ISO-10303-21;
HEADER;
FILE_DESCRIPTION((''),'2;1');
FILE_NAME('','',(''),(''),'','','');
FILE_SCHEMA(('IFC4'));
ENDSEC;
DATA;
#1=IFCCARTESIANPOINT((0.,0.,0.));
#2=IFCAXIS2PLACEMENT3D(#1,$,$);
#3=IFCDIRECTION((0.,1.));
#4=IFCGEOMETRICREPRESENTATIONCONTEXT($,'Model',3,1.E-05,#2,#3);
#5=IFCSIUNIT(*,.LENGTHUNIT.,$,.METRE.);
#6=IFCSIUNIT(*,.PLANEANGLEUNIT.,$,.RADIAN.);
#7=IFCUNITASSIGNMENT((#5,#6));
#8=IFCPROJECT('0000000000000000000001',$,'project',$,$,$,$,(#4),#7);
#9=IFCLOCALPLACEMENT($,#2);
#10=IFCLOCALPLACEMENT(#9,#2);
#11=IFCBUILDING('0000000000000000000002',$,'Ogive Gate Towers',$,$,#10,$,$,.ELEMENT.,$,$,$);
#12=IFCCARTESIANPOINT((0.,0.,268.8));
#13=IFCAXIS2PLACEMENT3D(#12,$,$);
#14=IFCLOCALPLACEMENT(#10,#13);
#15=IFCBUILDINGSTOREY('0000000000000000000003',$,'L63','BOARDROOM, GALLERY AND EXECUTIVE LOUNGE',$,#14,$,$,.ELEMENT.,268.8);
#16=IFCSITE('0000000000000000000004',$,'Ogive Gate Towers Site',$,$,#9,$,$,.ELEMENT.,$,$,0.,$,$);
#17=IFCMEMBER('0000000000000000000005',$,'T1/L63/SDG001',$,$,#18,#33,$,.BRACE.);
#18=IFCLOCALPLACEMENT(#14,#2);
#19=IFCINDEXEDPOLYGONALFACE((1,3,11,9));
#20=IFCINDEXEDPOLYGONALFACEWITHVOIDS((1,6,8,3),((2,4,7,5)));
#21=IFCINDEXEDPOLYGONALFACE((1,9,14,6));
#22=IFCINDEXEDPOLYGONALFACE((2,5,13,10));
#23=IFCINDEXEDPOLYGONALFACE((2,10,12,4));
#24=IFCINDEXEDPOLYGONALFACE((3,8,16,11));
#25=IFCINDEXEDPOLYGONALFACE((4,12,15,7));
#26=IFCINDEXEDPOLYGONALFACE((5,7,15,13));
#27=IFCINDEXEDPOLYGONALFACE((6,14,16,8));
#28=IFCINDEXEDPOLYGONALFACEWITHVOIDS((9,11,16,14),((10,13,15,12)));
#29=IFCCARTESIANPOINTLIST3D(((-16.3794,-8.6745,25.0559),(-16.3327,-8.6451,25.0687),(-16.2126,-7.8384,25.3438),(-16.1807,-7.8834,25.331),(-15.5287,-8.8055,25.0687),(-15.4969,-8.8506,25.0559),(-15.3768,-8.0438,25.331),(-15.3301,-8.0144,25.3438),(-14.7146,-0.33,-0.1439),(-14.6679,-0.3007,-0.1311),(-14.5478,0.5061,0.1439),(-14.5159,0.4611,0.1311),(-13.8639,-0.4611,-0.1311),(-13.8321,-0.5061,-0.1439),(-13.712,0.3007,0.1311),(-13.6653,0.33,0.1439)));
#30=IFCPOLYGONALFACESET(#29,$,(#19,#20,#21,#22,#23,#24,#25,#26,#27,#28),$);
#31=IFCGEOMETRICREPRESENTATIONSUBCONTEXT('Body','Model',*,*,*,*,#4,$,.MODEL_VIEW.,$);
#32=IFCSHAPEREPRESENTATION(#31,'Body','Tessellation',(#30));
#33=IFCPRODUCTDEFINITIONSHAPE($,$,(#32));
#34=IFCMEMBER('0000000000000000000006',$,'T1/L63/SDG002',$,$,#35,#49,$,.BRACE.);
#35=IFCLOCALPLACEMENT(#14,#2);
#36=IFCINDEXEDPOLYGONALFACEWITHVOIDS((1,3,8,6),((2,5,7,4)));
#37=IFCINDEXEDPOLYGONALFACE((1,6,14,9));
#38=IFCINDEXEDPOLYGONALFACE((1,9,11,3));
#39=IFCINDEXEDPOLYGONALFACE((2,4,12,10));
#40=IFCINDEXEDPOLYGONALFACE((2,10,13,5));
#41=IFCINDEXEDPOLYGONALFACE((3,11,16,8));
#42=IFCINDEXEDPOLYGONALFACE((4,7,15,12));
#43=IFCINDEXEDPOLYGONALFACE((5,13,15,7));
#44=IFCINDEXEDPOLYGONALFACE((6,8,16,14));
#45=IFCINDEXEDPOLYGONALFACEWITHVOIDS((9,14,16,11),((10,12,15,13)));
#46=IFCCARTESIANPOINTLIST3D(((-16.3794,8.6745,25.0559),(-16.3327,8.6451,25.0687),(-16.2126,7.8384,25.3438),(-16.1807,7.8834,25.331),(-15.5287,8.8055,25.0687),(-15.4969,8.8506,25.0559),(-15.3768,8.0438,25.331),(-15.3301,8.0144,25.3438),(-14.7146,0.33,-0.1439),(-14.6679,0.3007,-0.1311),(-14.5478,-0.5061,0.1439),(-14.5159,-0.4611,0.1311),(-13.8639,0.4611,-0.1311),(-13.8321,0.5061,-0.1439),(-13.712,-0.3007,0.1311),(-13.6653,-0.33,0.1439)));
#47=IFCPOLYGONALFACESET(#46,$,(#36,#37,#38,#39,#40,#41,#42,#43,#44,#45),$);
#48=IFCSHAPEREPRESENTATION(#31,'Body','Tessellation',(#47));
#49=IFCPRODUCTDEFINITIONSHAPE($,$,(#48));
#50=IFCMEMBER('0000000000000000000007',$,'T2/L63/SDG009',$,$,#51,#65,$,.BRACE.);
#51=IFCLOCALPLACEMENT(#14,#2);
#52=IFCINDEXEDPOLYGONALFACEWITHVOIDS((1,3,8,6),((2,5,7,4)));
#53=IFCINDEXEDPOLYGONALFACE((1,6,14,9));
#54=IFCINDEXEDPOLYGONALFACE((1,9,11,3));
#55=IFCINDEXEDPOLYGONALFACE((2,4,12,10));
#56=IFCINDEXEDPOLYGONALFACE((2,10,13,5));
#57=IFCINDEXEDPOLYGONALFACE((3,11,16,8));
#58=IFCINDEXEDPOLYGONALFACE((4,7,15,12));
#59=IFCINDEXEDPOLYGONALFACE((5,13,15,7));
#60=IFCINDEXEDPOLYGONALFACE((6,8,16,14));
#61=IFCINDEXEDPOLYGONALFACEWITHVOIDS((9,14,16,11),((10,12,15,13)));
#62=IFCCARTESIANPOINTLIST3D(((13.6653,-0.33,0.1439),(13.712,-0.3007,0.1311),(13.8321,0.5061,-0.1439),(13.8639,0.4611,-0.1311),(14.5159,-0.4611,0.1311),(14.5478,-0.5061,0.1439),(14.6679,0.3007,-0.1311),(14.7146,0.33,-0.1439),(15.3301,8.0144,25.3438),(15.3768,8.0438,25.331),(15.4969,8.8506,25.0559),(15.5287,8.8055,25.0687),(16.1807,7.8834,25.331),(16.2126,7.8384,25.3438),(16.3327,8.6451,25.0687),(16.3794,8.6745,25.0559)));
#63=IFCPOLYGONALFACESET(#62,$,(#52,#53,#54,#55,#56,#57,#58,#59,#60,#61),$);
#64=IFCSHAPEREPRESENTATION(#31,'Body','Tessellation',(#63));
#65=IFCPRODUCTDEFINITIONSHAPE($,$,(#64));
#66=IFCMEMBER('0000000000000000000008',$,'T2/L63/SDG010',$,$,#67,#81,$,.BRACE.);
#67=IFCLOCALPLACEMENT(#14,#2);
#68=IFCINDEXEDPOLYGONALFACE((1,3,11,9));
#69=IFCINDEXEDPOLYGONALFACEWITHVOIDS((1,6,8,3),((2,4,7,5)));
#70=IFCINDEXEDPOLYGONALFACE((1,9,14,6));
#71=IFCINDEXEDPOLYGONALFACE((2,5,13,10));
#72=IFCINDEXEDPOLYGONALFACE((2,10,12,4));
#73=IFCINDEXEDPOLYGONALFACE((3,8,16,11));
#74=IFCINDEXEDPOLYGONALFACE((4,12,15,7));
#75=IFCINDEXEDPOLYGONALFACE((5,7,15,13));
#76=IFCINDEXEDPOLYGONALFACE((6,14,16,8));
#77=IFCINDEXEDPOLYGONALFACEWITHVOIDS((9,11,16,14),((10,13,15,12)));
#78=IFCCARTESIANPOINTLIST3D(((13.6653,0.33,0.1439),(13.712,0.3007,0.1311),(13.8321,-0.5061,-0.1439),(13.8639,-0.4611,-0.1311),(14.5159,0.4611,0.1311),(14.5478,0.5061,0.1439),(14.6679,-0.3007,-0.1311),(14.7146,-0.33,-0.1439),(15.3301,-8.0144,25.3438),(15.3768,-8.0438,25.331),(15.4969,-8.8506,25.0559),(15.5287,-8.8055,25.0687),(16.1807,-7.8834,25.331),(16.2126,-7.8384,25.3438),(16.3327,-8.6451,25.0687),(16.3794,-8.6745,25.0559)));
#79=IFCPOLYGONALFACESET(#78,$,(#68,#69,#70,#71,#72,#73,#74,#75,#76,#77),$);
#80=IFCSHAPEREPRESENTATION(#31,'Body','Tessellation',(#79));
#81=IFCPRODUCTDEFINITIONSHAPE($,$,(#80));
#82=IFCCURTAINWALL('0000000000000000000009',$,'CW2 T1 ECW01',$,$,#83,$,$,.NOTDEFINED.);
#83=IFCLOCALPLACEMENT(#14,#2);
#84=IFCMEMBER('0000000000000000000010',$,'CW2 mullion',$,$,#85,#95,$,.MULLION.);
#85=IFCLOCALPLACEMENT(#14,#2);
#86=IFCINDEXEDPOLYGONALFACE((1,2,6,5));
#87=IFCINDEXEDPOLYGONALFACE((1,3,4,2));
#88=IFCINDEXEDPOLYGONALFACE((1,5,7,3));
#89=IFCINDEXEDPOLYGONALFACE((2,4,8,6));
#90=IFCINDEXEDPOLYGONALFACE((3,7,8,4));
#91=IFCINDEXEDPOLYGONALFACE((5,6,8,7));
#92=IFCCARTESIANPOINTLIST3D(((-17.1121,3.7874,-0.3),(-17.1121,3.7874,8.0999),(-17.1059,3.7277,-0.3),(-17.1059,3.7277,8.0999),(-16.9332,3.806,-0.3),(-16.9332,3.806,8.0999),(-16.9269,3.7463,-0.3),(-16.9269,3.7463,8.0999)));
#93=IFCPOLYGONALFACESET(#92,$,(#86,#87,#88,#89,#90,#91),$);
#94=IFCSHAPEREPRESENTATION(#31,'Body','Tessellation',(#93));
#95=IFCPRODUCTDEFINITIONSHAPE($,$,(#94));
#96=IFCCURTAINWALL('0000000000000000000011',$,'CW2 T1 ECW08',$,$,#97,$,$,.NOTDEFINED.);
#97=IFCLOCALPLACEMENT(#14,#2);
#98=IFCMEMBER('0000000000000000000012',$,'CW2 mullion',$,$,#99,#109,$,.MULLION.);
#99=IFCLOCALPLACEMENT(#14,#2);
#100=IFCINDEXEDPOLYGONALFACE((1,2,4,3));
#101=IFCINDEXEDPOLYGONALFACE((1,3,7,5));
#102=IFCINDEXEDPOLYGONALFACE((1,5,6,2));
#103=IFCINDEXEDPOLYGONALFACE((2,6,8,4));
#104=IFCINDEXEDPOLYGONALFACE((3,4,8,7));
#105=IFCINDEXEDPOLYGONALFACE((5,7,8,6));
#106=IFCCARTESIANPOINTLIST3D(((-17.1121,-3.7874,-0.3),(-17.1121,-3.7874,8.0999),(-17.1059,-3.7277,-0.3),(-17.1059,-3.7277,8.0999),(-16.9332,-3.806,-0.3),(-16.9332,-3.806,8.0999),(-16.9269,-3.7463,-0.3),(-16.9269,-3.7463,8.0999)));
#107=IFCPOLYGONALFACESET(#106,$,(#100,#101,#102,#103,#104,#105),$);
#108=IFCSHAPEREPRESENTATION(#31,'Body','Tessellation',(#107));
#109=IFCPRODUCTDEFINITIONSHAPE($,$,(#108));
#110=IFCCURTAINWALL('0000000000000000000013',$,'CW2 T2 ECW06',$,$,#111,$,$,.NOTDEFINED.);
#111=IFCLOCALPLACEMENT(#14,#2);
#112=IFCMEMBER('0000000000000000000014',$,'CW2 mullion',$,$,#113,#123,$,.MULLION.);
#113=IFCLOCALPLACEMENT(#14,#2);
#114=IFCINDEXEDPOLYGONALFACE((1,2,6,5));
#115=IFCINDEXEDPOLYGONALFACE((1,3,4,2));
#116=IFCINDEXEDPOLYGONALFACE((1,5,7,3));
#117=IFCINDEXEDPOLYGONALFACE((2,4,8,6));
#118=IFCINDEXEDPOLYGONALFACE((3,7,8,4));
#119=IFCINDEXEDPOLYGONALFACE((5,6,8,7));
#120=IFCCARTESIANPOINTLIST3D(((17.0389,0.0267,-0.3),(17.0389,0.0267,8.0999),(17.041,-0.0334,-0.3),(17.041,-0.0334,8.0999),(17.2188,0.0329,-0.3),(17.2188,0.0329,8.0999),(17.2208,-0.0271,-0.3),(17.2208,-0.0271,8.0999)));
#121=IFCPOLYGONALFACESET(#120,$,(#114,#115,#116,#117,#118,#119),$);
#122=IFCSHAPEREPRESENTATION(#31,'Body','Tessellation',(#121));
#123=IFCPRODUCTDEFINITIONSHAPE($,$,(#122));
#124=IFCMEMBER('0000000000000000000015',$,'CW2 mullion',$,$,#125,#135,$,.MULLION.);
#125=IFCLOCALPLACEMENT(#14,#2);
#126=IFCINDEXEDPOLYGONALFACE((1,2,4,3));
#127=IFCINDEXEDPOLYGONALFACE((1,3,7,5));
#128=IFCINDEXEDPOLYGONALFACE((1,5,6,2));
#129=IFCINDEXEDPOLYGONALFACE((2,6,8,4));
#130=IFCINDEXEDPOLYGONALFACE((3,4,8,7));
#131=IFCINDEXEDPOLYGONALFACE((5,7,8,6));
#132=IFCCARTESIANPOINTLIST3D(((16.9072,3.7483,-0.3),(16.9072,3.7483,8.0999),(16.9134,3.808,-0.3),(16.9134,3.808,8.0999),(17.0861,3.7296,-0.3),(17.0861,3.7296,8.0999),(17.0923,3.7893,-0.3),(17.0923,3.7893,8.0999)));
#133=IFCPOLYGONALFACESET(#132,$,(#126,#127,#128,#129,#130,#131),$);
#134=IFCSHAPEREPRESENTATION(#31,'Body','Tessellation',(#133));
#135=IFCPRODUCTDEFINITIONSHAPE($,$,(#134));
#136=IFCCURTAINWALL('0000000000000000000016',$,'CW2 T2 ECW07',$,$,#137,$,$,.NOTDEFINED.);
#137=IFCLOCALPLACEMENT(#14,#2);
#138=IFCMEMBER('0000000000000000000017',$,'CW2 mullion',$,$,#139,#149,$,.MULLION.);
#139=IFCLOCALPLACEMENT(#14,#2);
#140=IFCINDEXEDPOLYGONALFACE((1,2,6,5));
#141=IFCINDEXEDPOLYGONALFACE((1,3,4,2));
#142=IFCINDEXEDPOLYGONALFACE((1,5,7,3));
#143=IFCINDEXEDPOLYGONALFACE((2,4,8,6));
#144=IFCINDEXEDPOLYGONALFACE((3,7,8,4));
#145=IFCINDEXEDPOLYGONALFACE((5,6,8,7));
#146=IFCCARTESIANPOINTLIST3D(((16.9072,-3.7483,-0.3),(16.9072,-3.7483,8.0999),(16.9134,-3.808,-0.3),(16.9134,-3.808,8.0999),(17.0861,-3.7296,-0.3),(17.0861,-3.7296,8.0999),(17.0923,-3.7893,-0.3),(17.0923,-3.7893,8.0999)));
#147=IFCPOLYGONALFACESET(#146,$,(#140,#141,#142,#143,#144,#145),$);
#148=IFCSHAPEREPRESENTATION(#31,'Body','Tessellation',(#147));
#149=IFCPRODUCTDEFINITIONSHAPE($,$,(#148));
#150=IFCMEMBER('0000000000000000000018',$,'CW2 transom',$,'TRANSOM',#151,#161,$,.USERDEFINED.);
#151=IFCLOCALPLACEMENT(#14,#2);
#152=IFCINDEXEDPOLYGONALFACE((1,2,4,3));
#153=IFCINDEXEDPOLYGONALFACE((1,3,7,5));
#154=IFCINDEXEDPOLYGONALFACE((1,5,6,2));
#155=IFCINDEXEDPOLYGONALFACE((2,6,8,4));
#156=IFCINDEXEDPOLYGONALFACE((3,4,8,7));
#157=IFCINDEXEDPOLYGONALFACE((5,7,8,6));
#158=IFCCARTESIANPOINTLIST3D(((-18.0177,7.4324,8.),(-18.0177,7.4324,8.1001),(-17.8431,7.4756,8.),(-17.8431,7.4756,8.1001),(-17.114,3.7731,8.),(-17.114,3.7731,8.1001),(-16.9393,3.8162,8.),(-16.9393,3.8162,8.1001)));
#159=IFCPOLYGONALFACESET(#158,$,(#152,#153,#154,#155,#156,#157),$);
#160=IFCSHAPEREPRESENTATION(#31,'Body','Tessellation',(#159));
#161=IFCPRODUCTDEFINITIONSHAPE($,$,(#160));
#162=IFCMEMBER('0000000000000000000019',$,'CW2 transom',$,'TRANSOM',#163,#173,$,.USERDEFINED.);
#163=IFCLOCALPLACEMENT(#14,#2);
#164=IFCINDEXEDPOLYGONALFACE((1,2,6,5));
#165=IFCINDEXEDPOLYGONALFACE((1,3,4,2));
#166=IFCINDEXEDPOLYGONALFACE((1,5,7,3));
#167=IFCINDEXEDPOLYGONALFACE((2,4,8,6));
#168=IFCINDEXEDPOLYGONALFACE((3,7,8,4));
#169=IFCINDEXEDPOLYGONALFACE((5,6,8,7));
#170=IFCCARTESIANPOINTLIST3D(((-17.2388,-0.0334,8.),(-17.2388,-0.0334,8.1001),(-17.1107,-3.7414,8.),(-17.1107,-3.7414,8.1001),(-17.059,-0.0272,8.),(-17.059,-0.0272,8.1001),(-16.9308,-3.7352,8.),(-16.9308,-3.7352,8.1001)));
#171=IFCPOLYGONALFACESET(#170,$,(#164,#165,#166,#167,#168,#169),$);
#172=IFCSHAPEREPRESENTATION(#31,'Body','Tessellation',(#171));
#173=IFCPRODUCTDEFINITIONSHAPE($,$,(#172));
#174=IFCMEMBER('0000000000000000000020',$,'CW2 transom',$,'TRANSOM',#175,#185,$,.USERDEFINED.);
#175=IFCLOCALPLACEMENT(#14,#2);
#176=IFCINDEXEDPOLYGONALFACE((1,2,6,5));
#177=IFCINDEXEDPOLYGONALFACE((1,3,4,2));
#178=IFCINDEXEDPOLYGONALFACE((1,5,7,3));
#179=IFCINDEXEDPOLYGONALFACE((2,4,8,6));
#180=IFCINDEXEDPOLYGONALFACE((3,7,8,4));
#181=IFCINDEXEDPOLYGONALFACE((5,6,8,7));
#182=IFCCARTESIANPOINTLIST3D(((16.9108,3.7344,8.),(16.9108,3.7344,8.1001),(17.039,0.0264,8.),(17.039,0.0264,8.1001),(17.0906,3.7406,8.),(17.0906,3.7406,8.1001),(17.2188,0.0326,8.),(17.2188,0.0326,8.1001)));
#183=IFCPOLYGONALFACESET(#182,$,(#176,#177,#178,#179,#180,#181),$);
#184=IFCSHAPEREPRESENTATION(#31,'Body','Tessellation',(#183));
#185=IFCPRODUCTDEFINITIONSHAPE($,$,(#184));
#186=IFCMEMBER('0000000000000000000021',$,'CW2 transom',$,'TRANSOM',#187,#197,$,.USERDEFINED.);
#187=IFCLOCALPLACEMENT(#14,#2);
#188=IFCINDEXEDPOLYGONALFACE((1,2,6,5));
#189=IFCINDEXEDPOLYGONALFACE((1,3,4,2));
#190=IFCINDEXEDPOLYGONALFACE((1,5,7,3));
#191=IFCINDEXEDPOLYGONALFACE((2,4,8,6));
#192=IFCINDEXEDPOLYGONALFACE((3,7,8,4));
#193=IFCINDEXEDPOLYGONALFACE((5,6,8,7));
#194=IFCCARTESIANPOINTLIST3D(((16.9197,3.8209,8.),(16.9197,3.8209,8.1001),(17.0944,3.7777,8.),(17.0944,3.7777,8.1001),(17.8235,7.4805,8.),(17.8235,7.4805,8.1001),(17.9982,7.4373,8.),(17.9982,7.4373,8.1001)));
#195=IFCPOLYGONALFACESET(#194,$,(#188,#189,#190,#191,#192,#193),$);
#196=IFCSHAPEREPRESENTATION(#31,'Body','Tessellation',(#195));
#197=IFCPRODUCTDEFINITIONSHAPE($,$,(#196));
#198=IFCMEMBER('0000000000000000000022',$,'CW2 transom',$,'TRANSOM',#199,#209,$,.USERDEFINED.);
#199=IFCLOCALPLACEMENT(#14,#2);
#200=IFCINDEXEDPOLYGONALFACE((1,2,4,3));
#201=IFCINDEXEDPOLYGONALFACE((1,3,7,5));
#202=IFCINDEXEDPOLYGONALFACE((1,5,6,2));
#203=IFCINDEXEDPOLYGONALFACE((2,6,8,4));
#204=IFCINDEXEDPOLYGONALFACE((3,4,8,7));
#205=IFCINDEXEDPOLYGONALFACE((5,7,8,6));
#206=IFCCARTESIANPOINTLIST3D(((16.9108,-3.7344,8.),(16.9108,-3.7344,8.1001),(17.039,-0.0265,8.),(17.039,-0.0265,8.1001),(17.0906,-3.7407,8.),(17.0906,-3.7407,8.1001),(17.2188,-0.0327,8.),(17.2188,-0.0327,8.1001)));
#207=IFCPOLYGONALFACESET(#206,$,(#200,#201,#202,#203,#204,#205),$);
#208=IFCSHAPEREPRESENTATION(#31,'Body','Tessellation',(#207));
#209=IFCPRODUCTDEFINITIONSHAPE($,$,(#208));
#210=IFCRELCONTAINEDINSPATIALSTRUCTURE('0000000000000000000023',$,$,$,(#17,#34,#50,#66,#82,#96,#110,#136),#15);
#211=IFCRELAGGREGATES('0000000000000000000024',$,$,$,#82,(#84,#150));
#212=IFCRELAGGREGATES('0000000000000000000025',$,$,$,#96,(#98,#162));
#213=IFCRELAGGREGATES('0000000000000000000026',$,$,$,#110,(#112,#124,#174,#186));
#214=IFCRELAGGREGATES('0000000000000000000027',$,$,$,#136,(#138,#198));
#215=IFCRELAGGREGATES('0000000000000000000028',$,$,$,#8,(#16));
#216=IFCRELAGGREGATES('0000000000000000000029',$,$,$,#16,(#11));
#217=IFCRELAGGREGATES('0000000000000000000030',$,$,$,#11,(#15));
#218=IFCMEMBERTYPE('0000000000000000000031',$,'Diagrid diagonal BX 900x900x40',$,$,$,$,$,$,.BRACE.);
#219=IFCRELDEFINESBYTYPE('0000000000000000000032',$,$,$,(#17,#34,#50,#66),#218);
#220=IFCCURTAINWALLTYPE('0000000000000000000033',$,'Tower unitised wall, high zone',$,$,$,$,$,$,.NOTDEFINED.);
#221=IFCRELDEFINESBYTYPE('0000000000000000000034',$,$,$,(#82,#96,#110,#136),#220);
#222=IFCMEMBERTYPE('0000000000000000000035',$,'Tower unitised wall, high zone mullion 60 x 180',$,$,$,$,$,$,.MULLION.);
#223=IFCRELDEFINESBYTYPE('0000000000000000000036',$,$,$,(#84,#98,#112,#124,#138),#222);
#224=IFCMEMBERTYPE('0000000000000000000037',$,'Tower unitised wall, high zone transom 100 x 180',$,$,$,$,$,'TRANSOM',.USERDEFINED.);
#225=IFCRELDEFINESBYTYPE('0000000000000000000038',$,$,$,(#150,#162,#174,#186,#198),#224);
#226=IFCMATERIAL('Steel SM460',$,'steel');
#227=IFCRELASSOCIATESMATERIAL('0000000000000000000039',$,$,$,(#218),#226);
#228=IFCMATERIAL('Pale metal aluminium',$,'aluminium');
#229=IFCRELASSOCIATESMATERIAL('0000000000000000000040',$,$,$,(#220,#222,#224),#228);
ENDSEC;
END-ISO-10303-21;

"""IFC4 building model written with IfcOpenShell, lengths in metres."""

from ifc_helpers import new_model, si_unit, direction, frame, origin, origin_2d, place, context, subcontext, project, spatial, rectangle, hollow_rectangle, extrude, material, material_profile, profile_set, type_object, element, aggregate, save


model = new_model("IFC4")

# Units and contexts
model_context = context("Model", 3, precision=1e-05, world=origin(), true_north=direction((0.0, 1.0)))
body_context = subcontext(model_context, "Body", "Model", "MODEL_VIEW")
ifc_project = project(units=[si_unit("LENGTHUNIT", "METRE"), si_unit("PLANEANGLEUNIT", "RADIAN")], contexts=[model_context])

# Site, building, storey
site_placement = place(None, origin())
site = spatial("IfcSite", under=ifc_project, at=site_placement, Name="Ogive Gate Towers Site", CompositionType="ELEMENT", RefElevation=0.0)
building_placement = place(site_placement, origin())
building = spatial("IfcBuilding", under=site, at=building_placement, Name="Ogive Gate Towers", CompositionType="ELEMENT")
storey_placement = place(building_placement, frame((0.0, 0.0, 268.8)))
storey = spatial("IfcBuildingStorey", under=building, at=storey_placement, Name="L63", Description="BOARDROOM, GALLERY AND EXECUTIVE LOUNGE", CompositionType="ELEMENT", Elevation=268.8)

# Members
ifc_material_1 = material(Name="Steel SM460", Category="steel")
ifc_material_profile_1 = material_profile(ifc_material_1, hollow_rectangle(XDim=0.8999, YDim=0.8999, WallThickness=0.04, at=origin_2d()), Name="BX 900x900x40")
ifc_profile_set_1 = profile_set([ifc_material_profile_1], Name="Steel SM460")
member_type_1 = type_object("IfcMemberType", Name="Diagrid diagonal BX 900x900x40", PredefinedType="BRACE", material=ifc_profile_set_1)
for number, where, z_axis, x_axis, name in (
    (1, (-14.1899, 0.0, 0.0), (-0.062592, -0.313729, 0.947447), (0.980673, -0.195653, 0.0), "T1/L63/SDG001"),
    (2, (-14.1899, 0.0, 0.0), (-0.062592, 0.313729, 0.947447), (-0.980673, -0.195653, 0.0), "T1/L63/SDG002"),
    (3, (14.1899, 0.0, 0.0), (0.062592, 0.313729, 0.947447), (-0.980673, 0.195653, 0.0), "T2/L63/SDG009"),
    (4, (14.1899, 0.0, 0.0), (0.062592, -0.313729, 0.947447), (0.980673, 0.195653, 0.0), "T2/L63/SDG010"),
):
    element("IfcMember", number, at=place(storey_placement, frame(where, z_axis=z_axis, x_axis=x_axis)), inside=storey, type_object=member_type_1, Name=name, PredefinedType="BRACE", context=body_context, shape_type="SweptSolid", body=[
        extrude(hollow_rectangle(XDim=0.8999, YDim=0.8999, WallThickness=0.04, at=origin_2d()), origin(), (0.0, 0.0, 1.0), 26.5977),
    ])

# Curtain walls, members
ifc_material_2 = material(Name="Pale metal aluminium", Category="aluminium")
curtain_wall_type = type_object("IfcCurtainWallType", Name="Tower unitised wall, high zone", PredefinedType="NOTDEFINED", material=ifc_material_2)
curtain_wall_1_placement = place(storey_placement, origin())
curtain_wall_1 = element("IfcCurtainWall", 5, at=curtain_wall_1_placement, inside=storey, type_object=curtain_wall_type, Name="CW2 T1 ECW01", PredefinedType="NOTDEFINED")
ifc_material_profile_2 = material_profile(ifc_material_2, rectangle(XDim=0.1799, YDim=0.0601, at=origin_2d()), Name="60 x 180 aluminium box")
ifc_profile_set_2 = profile_set([ifc_material_profile_2], Name="Pale metal aluminium")
member_type_2 = type_object("IfcMemberType", Name="Tower unitised wall, high zone mullion 60 x 180", PredefinedType="MULLION", material=ifc_profile_set_2)
member_1_placement = place(storey_placement, frame((-17.0195, 3.7668, -0.3), z_axis=(0.0, 0.0, 1.0), x_axis=(0.994618, 0.103608, 0.0)))
member_1 = element("IfcMember", 6, at=member_1_placement, type_object=member_type_2, Name="CW2 mullion", PredefinedType="MULLION", context=body_context, shape_type="SweptSolid", body=[
    extrude(rectangle(XDim=0.1799, YDim=0.0601, at=origin_2d()), origin(), (0.0, 0.0, 1.0), 8.3999),
])
curtain_wall_2_placement = place(storey_placement, origin())
curtain_wall_2 = element("IfcCurtainWall", 7, at=curtain_wall_2_placement, inside=storey, type_object=curtain_wall_type, Name="CW2 T1 ECW08", PredefinedType="NOTDEFINED")
member_2_placement = place(storey_placement, frame((-17.0195, -3.7668, -0.3), z_axis=(0.0, 0.0, 1.0), x_axis=(0.994618, -0.103608, 0.0)))
member_2 = element("IfcMember", 8, at=member_2_placement, type_object=member_type_2, Name="CW2 mullion", PredefinedType="MULLION", context=body_context, shape_type="SweptSolid", body=[
    extrude(rectangle(XDim=0.1799, YDim=0.0601, at=origin_2d()), origin(), (0.0, 0.0, 1.0), 8.3999),
])

# Curtain wall, members
curtain_wall_3_placement = place(storey_placement, origin())
curtain_wall_3 = element("IfcCurtainWall", 9, at=curtain_wall_3_placement, inside=storey, type_object=curtain_wall_type, Name="CW2 T2 ECW06", PredefinedType="NOTDEFINED")
member_3_placement = place(storey_placement, frame((17.1299, -0.0002, -0.3), z_axis=(0.0, 0.0, 1.0), x_axis=(0.999404, 0.034533, 0.0)))
member_3 = element("IfcMember", 10, at=member_3_placement, type_object=member_type_2, Name="CW2 mullion", PredefinedType="MULLION", context=body_context, shape_type="SweptSolid", body=[
    extrude(rectangle(XDim=0.1799, YDim=0.0601, at=origin_2d()), origin(), (0.0, 0.0, 1.0), 8.3999),
])
member_4_placement = place(storey_placement, frame((16.9998, 3.7688, -0.3), z_axis=(0.0, 0.0, 1.0), x_axis=(0.994618, -0.103608, 0.0)))
member_4 = element("IfcMember", 11, at=member_4_placement, type_object=member_type_2, Name="CW2 mullion", PredefinedType="MULLION", context=body_context, shape_type="SweptSolid", body=[
    extrude(rectangle(XDim=0.1799, YDim=0.0601, at=origin_2d()), origin(), (0.0, 0.0, 1.0), 8.3999),
])

# Curtain wall, member
curtain_wall_4_placement = place(storey_placement, origin())
curtain_wall_4 = element("IfcCurtainWall", 12, at=curtain_wall_4_placement, inside=storey, type_object=curtain_wall_type, Name="CW2 T2 ECW07", PredefinedType="NOTDEFINED")
member_5_placement = place(storey_placement, frame((16.9998, -3.7688, -0.3), z_axis=(0.0, 0.0, 1.0), x_axis=(0.994618, 0.103608, 0.0)))
member_5 = element("IfcMember", 13, at=member_5_placement, type_object=member_type_2, Name="CW2 mullion", PredefinedType="MULLION", context=body_context, shape_type="SweptSolid", body=[
    extrude(rectangle(XDim=0.1799, YDim=0.0601, at=origin_2d()), origin(), (0.0, 0.0, 1.0), 8.3999),
])

# Members
ifc_material_profile_3 = material_profile(ifc_material_2, rectangle(XDim=0.1799, YDim=0.1001, at=origin_2d()), Name="100 x 180 aluminium box")
ifc_profile_set_3 = profile_set([ifc_material_profile_3], Name="Pale metal aluminium")
member_type_3 = type_object("IfcMemberType", Name="Tower unitised wall, high zone transom 100 x 180", ElementType="TRANSOM", PredefinedType="USERDEFINED", material=ifc_profile_set_3)
member_6_placement = place(storey_placement, frame((-17.0266, 3.7947, 8.05), z_axis=(-0.239776, 0.970828, 0.0), x_axis=(-0.970828, -0.239776, 0.0)))
member_6 = element("IfcMember", 14, at=member_6_placement, type_object=member_type_3, Name="CW2 transom", ObjectType="TRANSOM", PredefinedType="USERDEFINED", context=body_context, shape_type="SweptSolid", body=[
    extrude(rectangle(XDim=0.1799, YDim=0.1001, at=origin_2d()), origin(), (0.0, 0.0, 1.0), 3.7693),
])
member_7_placement = place(storey_placement, frame((-17.0208, -3.7383, 8.05), z_axis=(-0.034546, 0.999403, 0.0), x_axis=(-0.999403, -0.034546, 0.0)))
member_7 = element("IfcMember", 15, at=member_7_placement, type_object=member_type_3, Name="CW2 transom", ObjectType="TRANSOM", PredefinedType="USERDEFINED", context=body_context, shape_type="SweptSolid", body=[
    extrude(rectangle(XDim=0.1799, YDim=0.1001, at=origin_2d()), origin(), (0.0, 0.0, 1.0), 3.7102),
])
member_8_placement = place(storey_placement, frame((17.1289, 0.0295, 8.05), z_axis=(-0.034546, 0.999403, 0.0), x_axis=(-0.999403, -0.034546, 0.0)))
member_8 = element("IfcMember", 16, at=member_8_placement, type_object=member_type_3, Name="CW2 transom", ObjectType="TRANSOM", PredefinedType="USERDEFINED", context=body_context, shape_type="SweptSolid", body=[
    extrude(rectangle(XDim=0.1799, YDim=0.1001, at=origin_2d()), origin(), (0.0, 0.0, 1.0), 3.7102),
])
member_9_placement = place(storey_placement, frame((17.0071, 3.7993, 8.05), z_axis=(0.239761, 0.970832, 0.0), x_axis=(-0.970832, 0.239761, 0.0)))
member_9 = element("IfcMember", 17, at=member_9_placement, type_object=member_type_3, Name="CW2 transom", ObjectType="TRANSOM", PredefinedType="USERDEFINED", context=body_context, shape_type="SweptSolid", body=[
    extrude(rectangle(XDim=0.1799, YDim=0.1001, at=origin_2d()), origin(), (0.0, 0.0, 1.0), 3.7695),
])
member_10_placement = place(storey_placement, frame((17.0007, -3.7375, 8.05), z_axis=(0.034546, 0.999403, 0.0), x_axis=(-0.999403, 0.034546, 0.0)))
member_10 = element("IfcMember", 18, at=member_10_placement, type_object=member_type_3, Name="CW2 transom", ObjectType="TRANSOM", PredefinedType="USERDEFINED", context=body_context, shape_type="SweptSolid", body=[
    extrude(rectangle(XDim=0.1799, YDim=0.1001, at=origin_2d()), origin(), (0.0, 0.0, 1.0), 3.7102),
])

aggregate(curtain_wall_1, [member_1, member_6])
aggregate(curtain_wall_2, [member_2, member_7])
aggregate(curtain_wall_3, [member_3, member_4, member_8, member_9])
aggregate(curtain_wall_4, [member_5, member_10])

save(model, "model.ifc")
